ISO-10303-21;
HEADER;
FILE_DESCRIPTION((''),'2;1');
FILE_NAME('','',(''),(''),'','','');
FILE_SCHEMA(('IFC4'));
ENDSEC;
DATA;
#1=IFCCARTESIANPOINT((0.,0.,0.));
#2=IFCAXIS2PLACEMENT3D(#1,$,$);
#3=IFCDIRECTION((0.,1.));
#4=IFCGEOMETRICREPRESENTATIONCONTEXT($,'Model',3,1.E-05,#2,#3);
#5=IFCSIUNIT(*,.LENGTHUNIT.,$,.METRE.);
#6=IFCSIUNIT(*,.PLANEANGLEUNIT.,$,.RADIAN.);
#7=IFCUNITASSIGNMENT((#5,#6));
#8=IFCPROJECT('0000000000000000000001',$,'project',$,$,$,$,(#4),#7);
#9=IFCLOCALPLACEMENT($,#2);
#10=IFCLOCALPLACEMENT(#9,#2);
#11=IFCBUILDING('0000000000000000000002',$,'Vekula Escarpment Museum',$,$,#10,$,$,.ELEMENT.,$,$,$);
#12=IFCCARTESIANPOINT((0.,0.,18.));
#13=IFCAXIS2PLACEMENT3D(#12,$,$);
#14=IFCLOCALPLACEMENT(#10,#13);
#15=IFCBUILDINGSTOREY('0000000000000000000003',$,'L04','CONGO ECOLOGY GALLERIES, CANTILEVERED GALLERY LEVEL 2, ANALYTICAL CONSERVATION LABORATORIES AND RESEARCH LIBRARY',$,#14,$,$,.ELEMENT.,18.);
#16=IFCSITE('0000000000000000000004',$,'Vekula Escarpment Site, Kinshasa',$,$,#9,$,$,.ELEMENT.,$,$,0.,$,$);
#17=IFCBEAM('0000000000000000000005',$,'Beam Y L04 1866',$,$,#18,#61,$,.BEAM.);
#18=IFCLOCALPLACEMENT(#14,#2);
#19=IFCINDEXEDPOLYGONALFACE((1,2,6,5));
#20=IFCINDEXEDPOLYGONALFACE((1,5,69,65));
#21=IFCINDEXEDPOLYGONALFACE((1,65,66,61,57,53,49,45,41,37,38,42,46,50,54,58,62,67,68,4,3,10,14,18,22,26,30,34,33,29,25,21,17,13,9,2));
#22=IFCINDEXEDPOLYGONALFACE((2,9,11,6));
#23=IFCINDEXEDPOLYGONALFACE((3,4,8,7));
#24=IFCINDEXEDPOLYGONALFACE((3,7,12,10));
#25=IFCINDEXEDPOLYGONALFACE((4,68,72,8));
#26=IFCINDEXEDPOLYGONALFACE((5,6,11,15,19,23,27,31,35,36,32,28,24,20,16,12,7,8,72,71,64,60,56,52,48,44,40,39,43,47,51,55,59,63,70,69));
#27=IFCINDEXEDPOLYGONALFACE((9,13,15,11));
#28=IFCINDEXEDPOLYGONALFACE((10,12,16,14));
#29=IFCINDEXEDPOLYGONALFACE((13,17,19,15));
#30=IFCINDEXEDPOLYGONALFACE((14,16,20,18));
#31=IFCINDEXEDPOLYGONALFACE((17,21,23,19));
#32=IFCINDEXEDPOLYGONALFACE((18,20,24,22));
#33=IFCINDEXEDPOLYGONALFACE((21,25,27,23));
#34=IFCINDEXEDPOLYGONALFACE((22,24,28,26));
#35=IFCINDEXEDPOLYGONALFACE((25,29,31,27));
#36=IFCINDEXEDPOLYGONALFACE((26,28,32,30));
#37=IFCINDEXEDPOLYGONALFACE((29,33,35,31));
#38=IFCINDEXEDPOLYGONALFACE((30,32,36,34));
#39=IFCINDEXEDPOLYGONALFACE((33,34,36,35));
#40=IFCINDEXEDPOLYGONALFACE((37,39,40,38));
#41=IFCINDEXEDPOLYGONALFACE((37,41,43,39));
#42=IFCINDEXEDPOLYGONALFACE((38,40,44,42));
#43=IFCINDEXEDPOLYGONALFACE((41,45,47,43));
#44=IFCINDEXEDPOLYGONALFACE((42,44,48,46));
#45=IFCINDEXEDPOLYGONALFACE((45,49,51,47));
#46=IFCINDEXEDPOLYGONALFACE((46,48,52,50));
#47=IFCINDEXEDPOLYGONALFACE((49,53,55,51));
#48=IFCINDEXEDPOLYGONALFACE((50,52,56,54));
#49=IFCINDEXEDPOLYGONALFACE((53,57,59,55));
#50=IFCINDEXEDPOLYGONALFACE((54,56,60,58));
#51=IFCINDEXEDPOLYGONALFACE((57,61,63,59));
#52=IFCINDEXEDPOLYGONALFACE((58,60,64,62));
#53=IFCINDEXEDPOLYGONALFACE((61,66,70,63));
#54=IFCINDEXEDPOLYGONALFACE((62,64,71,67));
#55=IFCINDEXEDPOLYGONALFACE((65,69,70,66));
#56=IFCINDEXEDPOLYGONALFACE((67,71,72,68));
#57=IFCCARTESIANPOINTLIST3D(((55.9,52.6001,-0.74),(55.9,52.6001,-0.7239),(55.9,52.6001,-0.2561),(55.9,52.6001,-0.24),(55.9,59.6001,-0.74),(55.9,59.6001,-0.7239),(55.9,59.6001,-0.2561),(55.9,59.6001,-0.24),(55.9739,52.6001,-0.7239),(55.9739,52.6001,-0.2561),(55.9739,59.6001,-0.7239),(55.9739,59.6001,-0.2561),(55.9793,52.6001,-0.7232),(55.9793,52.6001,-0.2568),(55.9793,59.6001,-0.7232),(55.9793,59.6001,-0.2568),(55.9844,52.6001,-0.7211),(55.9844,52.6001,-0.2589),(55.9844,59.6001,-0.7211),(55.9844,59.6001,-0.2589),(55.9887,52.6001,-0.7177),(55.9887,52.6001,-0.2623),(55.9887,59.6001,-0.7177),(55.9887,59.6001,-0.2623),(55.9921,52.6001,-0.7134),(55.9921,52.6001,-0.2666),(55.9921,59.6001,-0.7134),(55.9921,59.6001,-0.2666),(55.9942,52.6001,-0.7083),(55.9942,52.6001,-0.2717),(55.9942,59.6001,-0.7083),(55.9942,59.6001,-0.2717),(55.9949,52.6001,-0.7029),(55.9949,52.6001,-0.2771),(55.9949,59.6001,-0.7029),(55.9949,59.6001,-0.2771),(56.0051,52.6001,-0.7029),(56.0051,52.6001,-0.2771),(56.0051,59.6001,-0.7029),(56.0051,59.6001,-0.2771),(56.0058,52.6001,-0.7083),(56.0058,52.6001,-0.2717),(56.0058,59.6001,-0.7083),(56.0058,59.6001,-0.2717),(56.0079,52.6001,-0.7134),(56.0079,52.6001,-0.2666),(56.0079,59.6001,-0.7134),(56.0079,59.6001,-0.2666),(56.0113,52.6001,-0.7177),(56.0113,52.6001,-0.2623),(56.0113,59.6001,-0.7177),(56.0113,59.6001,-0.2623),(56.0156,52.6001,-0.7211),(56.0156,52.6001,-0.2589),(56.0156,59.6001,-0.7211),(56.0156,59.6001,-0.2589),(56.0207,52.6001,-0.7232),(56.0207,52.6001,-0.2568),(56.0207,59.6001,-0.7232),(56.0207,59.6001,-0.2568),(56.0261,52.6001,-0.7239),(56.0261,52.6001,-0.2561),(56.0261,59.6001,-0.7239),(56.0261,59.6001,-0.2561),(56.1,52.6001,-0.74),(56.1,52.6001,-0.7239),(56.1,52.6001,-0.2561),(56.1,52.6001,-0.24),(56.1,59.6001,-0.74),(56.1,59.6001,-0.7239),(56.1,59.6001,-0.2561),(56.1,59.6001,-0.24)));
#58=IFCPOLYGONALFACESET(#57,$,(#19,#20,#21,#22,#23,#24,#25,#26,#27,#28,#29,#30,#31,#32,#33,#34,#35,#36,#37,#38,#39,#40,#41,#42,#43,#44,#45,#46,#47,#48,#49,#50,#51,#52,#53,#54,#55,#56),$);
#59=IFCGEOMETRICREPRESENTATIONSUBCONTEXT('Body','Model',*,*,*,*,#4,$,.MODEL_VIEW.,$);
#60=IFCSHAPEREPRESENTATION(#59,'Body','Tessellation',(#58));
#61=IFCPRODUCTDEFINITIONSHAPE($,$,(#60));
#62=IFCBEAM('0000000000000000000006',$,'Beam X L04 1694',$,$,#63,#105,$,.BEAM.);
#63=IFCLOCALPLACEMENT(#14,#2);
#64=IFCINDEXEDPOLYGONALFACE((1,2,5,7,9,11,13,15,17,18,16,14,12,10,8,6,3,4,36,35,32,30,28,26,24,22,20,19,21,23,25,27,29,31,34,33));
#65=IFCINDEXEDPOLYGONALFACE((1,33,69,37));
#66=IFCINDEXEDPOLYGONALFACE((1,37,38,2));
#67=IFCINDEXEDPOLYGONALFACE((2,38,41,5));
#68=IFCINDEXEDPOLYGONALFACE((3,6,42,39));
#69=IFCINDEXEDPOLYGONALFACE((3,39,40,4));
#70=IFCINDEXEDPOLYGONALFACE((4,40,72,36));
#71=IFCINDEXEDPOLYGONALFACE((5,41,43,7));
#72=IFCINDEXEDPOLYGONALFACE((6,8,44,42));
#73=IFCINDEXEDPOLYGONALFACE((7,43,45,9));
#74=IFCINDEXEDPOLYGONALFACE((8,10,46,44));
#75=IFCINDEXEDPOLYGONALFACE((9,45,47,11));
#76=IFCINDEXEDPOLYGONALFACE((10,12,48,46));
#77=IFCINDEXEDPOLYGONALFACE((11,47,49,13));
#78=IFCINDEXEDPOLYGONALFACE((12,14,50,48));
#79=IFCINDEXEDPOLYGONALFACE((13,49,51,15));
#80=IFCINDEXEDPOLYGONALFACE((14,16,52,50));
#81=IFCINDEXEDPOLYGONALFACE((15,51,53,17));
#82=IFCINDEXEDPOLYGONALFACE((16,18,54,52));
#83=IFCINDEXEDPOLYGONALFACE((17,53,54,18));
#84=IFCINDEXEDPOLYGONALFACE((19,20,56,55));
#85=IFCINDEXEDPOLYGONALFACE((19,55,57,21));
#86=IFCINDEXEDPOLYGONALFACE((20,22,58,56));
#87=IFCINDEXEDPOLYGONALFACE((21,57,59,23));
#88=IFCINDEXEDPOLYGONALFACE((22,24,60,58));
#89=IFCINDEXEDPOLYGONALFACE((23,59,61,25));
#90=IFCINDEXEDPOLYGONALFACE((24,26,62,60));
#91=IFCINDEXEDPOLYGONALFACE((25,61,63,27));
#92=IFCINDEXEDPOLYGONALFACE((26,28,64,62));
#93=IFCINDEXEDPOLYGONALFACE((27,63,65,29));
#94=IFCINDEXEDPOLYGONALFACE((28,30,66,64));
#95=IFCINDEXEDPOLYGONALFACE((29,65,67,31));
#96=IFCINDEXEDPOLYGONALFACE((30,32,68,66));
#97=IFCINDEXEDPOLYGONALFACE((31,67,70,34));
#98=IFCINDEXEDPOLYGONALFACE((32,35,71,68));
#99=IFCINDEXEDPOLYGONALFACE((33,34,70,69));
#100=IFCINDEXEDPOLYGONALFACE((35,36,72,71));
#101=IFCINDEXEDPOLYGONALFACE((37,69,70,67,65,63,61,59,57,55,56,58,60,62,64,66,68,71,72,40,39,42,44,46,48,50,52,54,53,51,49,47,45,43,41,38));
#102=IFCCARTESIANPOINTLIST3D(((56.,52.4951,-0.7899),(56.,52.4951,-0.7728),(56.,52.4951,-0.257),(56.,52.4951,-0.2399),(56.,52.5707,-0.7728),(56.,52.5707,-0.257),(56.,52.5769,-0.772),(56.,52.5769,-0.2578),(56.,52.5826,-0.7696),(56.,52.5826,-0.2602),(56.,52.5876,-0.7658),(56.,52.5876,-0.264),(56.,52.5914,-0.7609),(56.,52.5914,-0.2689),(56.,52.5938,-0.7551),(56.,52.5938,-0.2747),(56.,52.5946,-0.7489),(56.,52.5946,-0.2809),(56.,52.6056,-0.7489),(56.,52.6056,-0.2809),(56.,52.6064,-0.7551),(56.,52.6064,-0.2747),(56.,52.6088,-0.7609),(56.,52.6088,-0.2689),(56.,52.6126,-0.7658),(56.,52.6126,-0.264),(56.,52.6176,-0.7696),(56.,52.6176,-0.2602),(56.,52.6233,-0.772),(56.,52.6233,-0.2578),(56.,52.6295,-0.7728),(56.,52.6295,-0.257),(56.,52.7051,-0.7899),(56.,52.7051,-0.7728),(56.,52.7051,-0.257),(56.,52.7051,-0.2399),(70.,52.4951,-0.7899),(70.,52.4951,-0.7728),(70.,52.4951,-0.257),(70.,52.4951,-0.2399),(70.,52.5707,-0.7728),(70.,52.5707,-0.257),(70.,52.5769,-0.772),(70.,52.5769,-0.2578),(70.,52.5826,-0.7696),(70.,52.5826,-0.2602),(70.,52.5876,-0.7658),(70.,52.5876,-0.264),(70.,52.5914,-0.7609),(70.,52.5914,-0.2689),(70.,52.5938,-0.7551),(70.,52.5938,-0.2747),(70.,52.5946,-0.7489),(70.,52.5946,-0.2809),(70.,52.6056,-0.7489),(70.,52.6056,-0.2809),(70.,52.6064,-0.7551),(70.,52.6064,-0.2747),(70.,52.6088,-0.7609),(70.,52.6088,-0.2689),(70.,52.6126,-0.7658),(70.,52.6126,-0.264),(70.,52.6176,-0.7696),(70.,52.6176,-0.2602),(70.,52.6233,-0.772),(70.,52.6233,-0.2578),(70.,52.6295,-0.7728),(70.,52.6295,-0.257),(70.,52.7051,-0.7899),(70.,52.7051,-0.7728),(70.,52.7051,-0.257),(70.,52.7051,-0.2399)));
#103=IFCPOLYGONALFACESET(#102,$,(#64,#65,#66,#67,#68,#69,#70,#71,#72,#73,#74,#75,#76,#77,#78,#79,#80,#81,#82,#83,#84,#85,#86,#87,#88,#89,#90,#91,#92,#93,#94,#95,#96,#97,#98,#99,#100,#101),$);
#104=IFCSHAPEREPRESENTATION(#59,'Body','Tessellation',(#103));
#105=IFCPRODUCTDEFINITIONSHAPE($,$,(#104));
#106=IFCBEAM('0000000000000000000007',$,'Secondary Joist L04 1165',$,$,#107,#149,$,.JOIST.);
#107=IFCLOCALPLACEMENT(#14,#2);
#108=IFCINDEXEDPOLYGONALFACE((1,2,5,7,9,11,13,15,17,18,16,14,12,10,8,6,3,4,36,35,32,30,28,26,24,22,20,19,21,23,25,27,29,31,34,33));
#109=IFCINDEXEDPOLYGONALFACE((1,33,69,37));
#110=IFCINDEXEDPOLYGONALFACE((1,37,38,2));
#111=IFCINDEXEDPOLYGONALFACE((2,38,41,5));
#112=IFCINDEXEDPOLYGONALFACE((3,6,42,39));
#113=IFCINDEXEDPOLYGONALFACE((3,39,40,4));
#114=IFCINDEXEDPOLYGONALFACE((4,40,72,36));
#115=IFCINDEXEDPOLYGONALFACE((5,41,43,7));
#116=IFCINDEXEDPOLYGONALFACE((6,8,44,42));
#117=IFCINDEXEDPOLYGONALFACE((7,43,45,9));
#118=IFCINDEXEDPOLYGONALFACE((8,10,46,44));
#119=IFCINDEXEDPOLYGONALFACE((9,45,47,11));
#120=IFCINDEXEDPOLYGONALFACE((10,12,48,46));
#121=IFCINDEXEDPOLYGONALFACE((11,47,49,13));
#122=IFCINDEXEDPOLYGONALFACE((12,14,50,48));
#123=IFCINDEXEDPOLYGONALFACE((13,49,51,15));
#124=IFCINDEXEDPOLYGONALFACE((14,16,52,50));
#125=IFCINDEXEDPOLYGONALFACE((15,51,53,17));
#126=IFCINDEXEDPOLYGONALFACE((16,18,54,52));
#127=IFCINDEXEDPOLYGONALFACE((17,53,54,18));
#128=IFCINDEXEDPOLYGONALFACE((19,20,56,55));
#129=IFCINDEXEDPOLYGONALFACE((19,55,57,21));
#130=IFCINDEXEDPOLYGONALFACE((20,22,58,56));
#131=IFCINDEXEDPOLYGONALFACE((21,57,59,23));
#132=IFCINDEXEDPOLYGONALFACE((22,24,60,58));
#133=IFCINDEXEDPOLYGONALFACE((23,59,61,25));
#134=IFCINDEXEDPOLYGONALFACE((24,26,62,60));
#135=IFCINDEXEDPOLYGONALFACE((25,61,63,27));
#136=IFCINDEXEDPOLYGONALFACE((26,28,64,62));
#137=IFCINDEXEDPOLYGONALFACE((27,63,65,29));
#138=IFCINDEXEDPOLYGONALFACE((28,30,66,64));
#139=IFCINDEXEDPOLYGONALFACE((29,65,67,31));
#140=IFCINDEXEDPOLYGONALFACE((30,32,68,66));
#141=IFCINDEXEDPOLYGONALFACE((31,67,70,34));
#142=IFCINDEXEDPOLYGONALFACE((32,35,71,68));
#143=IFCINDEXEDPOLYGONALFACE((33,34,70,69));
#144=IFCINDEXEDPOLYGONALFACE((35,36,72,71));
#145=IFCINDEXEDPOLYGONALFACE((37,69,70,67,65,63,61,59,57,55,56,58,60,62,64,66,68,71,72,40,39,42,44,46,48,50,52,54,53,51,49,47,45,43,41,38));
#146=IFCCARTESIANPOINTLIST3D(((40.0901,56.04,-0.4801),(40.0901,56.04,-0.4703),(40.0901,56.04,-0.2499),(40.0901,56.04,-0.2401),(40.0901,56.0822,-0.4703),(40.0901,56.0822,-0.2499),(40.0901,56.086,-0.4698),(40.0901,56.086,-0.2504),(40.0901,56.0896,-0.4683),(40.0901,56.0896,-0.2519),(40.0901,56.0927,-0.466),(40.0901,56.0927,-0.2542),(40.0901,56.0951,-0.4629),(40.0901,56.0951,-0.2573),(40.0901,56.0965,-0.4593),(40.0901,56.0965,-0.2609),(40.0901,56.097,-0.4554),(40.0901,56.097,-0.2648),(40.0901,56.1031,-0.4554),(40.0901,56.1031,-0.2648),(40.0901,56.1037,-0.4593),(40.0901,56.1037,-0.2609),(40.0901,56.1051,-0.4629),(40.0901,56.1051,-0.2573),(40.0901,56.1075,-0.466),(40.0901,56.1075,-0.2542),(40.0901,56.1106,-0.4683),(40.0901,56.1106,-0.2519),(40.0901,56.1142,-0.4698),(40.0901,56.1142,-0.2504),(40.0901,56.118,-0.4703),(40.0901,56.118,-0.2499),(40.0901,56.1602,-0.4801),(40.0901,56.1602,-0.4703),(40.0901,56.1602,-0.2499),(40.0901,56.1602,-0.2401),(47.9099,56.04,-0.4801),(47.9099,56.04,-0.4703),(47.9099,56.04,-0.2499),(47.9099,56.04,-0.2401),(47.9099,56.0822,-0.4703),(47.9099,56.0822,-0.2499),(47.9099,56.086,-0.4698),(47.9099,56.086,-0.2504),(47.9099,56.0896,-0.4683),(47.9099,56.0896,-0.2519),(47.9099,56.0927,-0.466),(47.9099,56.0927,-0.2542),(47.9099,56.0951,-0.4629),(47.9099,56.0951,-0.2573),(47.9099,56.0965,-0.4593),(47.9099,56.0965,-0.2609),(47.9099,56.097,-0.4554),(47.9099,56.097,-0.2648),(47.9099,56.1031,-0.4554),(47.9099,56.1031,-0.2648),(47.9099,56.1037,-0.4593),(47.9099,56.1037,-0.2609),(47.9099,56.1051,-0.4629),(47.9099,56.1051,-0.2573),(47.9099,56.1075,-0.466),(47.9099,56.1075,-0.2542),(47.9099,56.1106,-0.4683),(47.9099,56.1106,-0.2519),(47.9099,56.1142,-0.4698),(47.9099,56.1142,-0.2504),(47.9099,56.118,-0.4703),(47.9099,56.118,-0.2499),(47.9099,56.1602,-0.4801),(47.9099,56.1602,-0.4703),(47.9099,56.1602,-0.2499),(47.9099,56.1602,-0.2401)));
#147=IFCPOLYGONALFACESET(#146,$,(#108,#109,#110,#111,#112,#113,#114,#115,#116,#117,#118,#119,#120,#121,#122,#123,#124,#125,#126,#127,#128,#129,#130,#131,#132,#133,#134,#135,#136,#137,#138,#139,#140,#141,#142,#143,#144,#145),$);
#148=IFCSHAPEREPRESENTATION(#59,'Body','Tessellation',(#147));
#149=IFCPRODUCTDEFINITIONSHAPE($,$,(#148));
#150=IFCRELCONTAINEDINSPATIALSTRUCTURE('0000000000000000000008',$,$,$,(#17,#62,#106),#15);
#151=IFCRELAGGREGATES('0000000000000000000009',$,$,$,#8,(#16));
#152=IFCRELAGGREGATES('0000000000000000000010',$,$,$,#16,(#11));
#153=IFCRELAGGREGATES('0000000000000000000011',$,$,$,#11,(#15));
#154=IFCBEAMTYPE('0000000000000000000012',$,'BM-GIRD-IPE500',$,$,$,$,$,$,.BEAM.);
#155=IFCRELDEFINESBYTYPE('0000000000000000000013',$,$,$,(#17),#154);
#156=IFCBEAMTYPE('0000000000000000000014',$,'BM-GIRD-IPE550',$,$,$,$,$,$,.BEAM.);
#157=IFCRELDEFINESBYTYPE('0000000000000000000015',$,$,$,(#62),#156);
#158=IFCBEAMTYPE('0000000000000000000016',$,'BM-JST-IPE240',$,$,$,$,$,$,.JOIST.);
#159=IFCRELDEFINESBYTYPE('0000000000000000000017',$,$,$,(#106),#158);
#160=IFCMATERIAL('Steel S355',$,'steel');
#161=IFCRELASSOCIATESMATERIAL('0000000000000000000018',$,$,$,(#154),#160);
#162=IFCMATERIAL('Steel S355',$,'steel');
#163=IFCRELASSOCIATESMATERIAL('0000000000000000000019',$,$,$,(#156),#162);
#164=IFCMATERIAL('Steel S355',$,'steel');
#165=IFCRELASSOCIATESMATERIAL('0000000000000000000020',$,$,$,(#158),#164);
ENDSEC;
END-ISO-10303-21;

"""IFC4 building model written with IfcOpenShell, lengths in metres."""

from ifc_helpers import new_model, si_unit, direction, frame, origin, origin_2d, place, context, subcontext, project, spatial, i_section, extrude, material, material_profile, profile_set, type_object, element, save


model = new_model("IFC4")

# Units and contexts
model_context = context("Model", 3, precision=1e-05, world=origin(), true_north=direction((0.0, 1.0)))
body_context = subcontext(model_context, "Body", "Model", "MODEL_VIEW")
ifc_project = project(units=[si_unit("LENGTHUNIT", "METRE"), si_unit("PLANEANGLEUNIT", "RADIAN")], contexts=[model_context])

# Site, building, storey
site_placement = place(None, origin())
site = spatial("IfcSite", under=ifc_project, at=site_placement, Name="Vekula Escarpment Site, Kinshasa", CompositionType="ELEMENT", RefElevation=0.0)
building_placement = place(site_placement, origin())
building = spatial("IfcBuilding", under=site, at=building_placement, Name="Vekula Escarpment Museum", CompositionType="ELEMENT")
storey_placement = place(building_placement, frame((0.0, 0.0, 18.0)))
storey = spatial("IfcBuildingStorey", under=building, at=storey_placement, Name="L04", Description="CONGO ECOLOGY GALLERIES, CANTILEVERED GALLERY LEVEL 2, ANALYTICAL CONSERVATION LABORATORIES AND RESEARCH LIBRARY", CompositionType="ELEMENT", Elevation=18.0)

# Beams
ifc_material_1 = material(Name="Steel S355", Category="steel")
ifc_material_profile_1 = material_profile(ifc_material_1, i_section(OverallWidth=0.2, OverallDepth=0.5, WebThickness=0.0103, FlangeThickness=0.0161, FilletRadius=0.021, at=origin_2d()), Name="IPE 500")
ifc_profile_set_1 = profile_set([ifc_material_profile_1], Name="Steel S355")
beam_type_1 = type_object("IfcBeamType", Name="BM-GIRD-IPE500", PredefinedType="BEAM", material=ifc_profile_set_1)
for number, where, z_axis, x_axis, name in (
    (1, (56.0, 52.6001, -0.49), (0.0, 1.0, 0.0), (-1.0, 0.0, 0.0), "Beam Y L04 1866"),
):
    element("IfcBeam", number, at=place(storey_placement, frame(where, z_axis=z_axis, x_axis=x_axis)), inside=storey, type_object=beam_type_1, Name=name, PredefinedType="BEAM", context=body_context, shape_type="SweptSolid", body=[
        extrude(i_section(OverallWidth=0.2, OverallDepth=0.5, WebThickness=0.0103, FlangeThickness=0.0161, FilletRadius=0.021, at=origin_2d()), origin(), (0.0, 0.0, 1.0), 7.0),
    ])
ifc_material_2 = material(Name="Steel S355", Category="steel")
ifc_material_profile_2 = material_profile(ifc_material_2, i_section(OverallWidth=0.21, OverallDepth=0.55, WebThickness=0.011, FlangeThickness=0.0171, FilletRadius=0.0239, at=origin_2d()), Name="IPE 550")
ifc_profile_set_2 = profile_set([ifc_material_profile_2], Name="Steel S355")
beam_type_2 = type_object("IfcBeamType", Name="BM-GIRD-IPE550", PredefinedType="BEAM", material=ifc_profile_set_2)
beam_1_placement = place(storey_placement, frame((56.0, 52.6001, -0.5149), z_axis=(1.0, 0.0, 0.0), x_axis=(0.0, 1.0, 0.0)))
element("IfcBeam", 2, at=beam_1_placement, inside=storey, type_object=beam_type_2, Name="Beam X L04 1694", PredefinedType="BEAM", context=body_context, shape_type="SweptSolid", body=[
    extrude(i_section(OverallWidth=0.21, OverallDepth=0.55, WebThickness=0.011, FlangeThickness=0.0171, FilletRadius=0.0239, at=origin_2d()), origin(), (0.0, 0.0, 1.0), 14.0),
])
ifc_material_3 = material(Name="Steel S355", Category="steel")
ifc_material_profile_3 = material_profile(ifc_material_3, i_section(OverallWidth=0.1201, OverallDepth=0.24, WebThickness=0.0061, FlangeThickness=0.0098, FilletRadius=0.0149, at=origin_2d()), Name="IPE 240")
ifc_profile_set_3 = profile_set([ifc_material_profile_3], Name="Steel S355")
beam_type_3 = type_object("IfcBeamType", Name="BM-JST-IPE240", PredefinedType="JOIST", material=ifc_profile_set_3)
beam_2_placement = place(storey_placement, frame((40.0901, 56.1001, -0.3601), z_axis=(1.0, 0.0, 0.0), x_axis=(0.0, 1.0, 0.0)))
element("IfcBeam", 3, at=beam_2_placement, inside=storey, type_object=beam_type_3, Name="Secondary Joist L04 1165", PredefinedType="JOIST", context=body_context, shape_type="SweptSolid", body=[
    extrude(i_section(OverallWidth=0.1201, OverallDepth=0.24, WebThickness=0.0061, FlangeThickness=0.0098, FilletRadius=0.0149, at=origin_2d()), origin(), (0.0, 0.0, 1.0), 7.8198),
])

save(model, "model.ifc")
